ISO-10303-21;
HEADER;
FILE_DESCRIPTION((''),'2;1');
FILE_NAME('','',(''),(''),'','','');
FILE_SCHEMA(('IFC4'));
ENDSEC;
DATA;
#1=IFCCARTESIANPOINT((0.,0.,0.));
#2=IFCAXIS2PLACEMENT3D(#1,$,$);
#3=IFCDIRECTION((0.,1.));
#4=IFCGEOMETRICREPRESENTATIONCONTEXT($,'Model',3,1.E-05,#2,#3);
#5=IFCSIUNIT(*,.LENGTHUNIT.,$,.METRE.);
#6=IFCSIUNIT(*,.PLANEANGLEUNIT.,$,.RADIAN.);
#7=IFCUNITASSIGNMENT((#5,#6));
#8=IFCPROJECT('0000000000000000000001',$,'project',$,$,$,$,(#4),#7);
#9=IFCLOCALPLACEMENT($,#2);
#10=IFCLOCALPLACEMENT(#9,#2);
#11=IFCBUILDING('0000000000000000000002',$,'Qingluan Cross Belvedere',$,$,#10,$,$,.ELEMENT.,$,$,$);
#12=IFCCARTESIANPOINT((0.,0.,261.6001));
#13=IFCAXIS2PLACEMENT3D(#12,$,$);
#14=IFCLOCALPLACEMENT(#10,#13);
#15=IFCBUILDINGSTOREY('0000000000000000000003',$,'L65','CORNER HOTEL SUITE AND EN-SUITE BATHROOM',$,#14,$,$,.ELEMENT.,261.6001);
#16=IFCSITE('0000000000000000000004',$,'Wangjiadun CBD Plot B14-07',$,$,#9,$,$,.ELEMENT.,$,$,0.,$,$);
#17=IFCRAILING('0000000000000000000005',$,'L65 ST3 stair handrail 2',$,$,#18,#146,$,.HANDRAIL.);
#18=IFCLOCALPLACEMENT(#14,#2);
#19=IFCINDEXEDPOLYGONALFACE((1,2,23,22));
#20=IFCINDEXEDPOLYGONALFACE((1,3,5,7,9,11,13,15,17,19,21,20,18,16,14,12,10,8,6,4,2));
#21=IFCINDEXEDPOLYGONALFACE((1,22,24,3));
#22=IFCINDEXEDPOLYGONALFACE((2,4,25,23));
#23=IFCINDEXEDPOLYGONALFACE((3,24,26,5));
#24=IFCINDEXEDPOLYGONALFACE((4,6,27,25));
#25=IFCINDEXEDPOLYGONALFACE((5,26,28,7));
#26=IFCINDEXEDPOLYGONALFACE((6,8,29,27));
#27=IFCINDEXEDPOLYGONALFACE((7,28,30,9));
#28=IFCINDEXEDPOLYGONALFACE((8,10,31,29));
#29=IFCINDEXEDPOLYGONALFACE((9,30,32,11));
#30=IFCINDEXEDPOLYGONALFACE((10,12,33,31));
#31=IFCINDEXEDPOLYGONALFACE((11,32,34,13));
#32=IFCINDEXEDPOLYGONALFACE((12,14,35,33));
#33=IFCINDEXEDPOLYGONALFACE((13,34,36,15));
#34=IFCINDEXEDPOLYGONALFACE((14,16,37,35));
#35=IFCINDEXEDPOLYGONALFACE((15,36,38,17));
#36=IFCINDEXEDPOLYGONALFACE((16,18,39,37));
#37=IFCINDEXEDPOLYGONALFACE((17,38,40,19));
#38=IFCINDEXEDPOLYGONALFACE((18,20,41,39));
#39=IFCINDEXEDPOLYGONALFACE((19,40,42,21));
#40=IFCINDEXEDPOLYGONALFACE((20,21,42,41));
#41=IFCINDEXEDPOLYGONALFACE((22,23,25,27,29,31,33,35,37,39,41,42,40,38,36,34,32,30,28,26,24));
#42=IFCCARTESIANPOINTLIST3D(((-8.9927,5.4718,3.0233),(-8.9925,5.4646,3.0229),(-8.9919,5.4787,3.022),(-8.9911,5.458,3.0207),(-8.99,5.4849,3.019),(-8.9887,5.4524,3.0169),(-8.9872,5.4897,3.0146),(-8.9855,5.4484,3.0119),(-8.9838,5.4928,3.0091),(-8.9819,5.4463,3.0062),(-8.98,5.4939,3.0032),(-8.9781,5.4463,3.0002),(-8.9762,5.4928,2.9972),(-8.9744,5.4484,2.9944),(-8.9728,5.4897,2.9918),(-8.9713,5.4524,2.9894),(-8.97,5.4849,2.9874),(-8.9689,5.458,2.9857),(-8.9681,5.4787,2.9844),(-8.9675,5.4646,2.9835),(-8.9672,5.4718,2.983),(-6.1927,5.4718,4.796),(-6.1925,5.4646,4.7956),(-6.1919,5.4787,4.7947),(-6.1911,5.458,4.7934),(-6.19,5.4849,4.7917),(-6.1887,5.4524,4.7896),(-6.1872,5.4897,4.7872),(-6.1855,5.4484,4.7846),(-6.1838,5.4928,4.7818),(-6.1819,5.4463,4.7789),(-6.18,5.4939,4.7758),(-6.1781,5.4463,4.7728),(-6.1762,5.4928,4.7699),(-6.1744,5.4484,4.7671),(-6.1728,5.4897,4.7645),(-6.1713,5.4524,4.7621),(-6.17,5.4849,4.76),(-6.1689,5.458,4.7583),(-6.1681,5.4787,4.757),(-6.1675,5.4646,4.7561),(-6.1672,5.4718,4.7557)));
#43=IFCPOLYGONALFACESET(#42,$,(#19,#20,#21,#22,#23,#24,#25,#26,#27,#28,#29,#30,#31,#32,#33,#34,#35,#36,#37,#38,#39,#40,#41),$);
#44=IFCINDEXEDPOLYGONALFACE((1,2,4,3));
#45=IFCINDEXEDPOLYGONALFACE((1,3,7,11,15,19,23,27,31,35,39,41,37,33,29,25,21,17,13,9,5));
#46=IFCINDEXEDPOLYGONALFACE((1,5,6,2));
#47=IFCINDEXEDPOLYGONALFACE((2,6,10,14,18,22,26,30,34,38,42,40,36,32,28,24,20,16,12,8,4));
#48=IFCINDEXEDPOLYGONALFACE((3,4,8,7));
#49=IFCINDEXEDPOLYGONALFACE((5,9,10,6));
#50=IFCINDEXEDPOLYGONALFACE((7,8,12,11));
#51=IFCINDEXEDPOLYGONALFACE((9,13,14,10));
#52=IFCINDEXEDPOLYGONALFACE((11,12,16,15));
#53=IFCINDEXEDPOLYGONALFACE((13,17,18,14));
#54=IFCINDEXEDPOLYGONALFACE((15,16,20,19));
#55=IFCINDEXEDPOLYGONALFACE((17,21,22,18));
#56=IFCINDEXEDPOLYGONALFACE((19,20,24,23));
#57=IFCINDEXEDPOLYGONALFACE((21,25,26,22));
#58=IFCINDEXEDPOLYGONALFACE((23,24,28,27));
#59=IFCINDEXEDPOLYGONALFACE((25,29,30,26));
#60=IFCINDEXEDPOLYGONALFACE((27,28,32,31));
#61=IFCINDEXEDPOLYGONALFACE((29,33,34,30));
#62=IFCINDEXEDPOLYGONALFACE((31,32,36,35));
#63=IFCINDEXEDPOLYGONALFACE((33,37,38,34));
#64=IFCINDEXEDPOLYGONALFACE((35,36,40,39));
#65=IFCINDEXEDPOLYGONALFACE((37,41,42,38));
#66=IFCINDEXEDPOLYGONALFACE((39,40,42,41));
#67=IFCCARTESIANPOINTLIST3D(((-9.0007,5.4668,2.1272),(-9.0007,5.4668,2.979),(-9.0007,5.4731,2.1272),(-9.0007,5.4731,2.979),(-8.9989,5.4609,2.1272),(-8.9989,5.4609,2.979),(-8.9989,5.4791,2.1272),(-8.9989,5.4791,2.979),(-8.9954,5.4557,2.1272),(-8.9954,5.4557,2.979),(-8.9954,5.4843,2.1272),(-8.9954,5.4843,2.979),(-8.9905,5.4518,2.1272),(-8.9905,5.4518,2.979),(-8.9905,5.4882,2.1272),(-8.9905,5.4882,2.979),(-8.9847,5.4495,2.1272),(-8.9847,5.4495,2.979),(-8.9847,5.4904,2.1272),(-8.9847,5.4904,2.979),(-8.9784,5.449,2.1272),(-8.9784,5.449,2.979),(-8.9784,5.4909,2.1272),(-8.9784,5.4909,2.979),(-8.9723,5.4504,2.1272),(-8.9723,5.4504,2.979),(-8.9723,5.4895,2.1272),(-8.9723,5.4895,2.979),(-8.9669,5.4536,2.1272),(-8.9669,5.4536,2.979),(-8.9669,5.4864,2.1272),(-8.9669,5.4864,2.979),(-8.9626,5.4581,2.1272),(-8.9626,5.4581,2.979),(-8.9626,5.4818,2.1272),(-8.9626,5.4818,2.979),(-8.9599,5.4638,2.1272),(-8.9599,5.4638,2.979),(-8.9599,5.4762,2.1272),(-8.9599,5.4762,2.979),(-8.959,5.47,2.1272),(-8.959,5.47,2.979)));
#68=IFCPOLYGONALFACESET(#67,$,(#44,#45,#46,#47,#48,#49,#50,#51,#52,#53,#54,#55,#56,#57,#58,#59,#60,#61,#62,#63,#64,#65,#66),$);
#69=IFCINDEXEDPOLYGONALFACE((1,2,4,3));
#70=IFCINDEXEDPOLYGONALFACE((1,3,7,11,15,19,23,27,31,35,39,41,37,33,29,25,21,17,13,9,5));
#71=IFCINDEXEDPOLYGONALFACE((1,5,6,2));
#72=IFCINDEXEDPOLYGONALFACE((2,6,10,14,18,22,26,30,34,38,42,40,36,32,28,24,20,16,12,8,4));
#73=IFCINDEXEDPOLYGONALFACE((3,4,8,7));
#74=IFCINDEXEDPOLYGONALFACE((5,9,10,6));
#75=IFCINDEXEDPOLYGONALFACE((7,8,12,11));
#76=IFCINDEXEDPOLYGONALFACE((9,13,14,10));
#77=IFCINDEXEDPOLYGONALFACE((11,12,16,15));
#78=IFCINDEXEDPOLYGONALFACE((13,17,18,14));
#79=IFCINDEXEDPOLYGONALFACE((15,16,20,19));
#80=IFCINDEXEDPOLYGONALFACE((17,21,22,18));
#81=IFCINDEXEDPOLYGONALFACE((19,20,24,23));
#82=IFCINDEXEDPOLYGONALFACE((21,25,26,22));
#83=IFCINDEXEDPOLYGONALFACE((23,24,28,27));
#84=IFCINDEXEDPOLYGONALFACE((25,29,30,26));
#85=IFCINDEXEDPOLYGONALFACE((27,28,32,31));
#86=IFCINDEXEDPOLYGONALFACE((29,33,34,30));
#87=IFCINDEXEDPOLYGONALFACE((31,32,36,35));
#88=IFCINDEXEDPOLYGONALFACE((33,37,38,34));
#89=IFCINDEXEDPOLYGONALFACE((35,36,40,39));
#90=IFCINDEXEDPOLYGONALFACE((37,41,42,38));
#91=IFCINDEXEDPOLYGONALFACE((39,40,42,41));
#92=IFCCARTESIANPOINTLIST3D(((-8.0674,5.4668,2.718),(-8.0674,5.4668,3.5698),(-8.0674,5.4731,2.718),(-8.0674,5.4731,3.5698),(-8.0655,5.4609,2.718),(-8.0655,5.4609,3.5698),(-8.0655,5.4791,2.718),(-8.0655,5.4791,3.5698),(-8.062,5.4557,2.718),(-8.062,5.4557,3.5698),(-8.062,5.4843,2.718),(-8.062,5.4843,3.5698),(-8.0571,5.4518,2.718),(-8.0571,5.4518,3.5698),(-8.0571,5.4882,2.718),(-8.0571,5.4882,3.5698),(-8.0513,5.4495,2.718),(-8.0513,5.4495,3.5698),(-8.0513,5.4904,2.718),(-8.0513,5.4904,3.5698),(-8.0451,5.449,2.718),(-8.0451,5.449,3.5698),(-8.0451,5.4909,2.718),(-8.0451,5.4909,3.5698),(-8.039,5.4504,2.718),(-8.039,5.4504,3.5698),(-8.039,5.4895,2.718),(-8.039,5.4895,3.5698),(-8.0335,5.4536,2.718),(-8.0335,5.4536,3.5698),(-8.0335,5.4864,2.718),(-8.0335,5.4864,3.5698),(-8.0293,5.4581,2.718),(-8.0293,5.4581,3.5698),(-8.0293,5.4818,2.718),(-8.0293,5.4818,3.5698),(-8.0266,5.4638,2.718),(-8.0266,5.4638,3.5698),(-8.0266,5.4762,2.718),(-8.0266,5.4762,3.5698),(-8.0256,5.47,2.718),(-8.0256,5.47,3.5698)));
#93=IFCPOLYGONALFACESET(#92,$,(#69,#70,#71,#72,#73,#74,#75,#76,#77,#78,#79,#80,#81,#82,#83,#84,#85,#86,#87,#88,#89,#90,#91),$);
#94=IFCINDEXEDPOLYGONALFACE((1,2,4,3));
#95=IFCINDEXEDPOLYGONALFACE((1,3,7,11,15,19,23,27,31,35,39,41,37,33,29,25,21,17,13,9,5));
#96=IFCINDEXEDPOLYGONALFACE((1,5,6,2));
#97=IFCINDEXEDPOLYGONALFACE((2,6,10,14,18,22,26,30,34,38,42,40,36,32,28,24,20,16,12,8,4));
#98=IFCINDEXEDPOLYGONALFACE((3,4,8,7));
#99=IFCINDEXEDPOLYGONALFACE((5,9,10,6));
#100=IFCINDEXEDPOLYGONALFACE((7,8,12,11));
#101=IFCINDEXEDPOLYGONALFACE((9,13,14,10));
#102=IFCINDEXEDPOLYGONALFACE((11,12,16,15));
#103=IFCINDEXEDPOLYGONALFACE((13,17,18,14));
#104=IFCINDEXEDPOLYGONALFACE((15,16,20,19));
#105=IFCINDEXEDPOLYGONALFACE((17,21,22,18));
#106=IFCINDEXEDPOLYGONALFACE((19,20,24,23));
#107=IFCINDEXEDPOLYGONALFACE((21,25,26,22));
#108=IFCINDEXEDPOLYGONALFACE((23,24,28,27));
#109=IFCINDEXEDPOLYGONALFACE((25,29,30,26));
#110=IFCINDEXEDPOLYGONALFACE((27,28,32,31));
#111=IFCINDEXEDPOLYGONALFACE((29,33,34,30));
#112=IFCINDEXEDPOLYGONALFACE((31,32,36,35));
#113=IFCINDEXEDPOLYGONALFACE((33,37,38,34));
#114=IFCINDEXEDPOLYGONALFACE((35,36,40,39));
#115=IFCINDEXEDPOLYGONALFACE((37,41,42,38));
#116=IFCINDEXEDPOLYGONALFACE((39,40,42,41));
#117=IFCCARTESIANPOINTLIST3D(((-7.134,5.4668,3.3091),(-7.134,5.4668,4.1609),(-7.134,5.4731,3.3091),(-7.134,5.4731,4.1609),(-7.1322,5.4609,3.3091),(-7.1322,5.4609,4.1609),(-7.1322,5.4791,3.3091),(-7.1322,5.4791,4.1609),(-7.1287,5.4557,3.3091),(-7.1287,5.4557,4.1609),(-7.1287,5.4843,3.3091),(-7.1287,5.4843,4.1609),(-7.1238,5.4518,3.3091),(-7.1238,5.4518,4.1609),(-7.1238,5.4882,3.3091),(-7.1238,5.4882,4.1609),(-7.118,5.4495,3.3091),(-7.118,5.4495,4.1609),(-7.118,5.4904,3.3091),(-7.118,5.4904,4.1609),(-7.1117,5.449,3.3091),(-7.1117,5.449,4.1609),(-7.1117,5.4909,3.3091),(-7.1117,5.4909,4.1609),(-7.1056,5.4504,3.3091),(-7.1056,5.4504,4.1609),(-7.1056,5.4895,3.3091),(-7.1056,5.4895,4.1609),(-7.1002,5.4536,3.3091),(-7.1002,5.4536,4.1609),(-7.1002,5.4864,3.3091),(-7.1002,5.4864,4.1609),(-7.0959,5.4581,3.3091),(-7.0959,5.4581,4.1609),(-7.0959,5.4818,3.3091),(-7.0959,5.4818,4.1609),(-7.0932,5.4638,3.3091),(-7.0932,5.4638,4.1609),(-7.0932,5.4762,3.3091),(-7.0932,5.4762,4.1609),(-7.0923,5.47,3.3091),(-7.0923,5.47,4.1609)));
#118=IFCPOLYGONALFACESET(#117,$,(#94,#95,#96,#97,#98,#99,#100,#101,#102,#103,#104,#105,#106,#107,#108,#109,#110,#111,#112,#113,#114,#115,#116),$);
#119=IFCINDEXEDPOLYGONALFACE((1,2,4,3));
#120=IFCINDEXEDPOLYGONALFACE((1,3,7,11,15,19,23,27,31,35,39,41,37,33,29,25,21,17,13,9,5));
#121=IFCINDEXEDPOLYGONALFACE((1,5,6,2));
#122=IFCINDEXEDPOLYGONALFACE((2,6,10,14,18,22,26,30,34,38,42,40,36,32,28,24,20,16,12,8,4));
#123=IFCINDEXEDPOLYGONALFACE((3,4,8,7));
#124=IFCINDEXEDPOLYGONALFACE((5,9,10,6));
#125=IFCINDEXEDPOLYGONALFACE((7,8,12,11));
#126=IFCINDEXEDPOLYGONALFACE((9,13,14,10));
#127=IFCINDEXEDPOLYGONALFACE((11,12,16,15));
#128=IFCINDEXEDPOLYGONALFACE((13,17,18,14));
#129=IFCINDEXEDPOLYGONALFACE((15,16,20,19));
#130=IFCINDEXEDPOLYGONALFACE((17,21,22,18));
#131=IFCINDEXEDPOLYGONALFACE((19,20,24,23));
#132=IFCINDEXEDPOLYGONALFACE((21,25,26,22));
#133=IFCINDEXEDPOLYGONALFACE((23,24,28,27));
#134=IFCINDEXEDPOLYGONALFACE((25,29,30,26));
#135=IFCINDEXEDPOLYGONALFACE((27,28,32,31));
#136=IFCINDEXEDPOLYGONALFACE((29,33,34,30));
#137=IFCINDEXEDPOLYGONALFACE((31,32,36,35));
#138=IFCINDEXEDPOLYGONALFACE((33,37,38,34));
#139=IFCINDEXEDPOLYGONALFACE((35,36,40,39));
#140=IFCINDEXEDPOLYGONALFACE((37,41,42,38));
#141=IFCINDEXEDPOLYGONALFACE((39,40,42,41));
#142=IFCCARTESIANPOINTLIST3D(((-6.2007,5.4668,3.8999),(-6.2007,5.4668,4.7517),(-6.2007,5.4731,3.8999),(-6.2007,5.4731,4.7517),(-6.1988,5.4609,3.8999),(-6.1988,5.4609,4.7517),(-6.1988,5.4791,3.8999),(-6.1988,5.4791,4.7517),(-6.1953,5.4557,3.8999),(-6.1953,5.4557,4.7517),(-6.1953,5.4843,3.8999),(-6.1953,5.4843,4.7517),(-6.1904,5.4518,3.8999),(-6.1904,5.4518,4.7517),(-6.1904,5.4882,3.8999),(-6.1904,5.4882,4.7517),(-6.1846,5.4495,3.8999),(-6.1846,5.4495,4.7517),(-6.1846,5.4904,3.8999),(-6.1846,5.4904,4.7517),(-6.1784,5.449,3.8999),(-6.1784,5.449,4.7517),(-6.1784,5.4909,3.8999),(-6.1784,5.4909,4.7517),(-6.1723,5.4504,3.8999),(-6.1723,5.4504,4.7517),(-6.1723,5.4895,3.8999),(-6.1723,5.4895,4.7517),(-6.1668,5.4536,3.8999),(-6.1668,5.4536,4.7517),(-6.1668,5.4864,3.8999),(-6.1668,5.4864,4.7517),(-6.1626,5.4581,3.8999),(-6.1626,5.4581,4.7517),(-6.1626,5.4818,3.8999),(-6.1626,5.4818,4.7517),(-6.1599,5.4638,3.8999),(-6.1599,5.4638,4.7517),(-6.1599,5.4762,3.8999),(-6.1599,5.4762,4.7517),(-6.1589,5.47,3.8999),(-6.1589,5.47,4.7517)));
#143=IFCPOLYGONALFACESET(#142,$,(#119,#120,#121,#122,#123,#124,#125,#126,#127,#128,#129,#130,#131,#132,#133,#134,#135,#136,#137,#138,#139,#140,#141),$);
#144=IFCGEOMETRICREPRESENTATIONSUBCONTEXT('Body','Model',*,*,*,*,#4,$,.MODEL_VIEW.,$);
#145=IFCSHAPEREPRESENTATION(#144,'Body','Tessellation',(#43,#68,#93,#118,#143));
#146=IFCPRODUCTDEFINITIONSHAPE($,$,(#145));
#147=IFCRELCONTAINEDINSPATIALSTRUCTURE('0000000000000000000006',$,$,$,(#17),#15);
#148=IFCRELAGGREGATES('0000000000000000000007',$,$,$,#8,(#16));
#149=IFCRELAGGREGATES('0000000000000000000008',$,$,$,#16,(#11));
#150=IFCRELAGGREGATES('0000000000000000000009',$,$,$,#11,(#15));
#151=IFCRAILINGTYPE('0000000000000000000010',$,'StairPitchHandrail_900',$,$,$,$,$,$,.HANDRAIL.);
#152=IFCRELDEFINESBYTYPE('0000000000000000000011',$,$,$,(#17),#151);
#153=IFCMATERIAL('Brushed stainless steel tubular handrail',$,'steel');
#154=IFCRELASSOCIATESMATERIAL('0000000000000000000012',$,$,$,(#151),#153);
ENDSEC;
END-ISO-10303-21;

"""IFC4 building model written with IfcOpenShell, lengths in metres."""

from ifc_helpers import new_model, si_unit, direction, frame, origin, origin_2d, place, context, subcontext, project, spatial, circle, extrude, material, type_object, element, save


model = new_model("IFC4")

# Units and contexts
model_context = context("Model", 3, precision=1e-05, world=origin(), true_north=direction((0.0, 1.0)))
body_context = subcontext(model_context, "Body", "Model", "MODEL_VIEW")
ifc_project = project(units=[si_unit("LENGTHUNIT", "METRE"), si_unit("PLANEANGLEUNIT", "RADIAN")], contexts=[model_context])

# Site, building, storey
site_placement = place(None, origin())
site = spatial("IfcSite", under=ifc_project, at=site_placement, Name="Wangjiadun CBD Plot B14-07", CompositionType="ELEMENT", RefElevation=0.0)
building_placement = place(site_placement, origin())
building = spatial("IfcBuilding", under=site, at=building_placement, Name="Qingluan Cross Belvedere", CompositionType="ELEMENT")
storey_placement = place(building_placement, frame((0.0, 0.0, 261.6001)))
storey = spatial("IfcBuildingStorey", under=building, at=storey_placement, Name="L65", Description="CORNER HOTEL SUITE AND EN-SUITE BATHROOM", CompositionType="ELEMENT", Elevation=261.6001)

# Railing
ifc_material_1 = material(Name="Brushed stainless steel tubular handrail", Category="steel")
railing_type_1 = type_object("IfcRailingType", Name="StairPitchHandrail_900", PredefinedType="HANDRAIL", material=ifc_material_1)
railing_1_placement = place(storey_placement, frame((-8.98, 5.47, 2.1272)))
element("IfcRailing", 1, at=railing_1_placement, inside=storey, type_object=railing_type_1, Name="L65 ST3 stair handrail 2", PredefinedType="HANDRAIL", context=body_context, shape_type="SweptSolid", body=[
    extrude(circle(Radius=0.0239, at=origin_2d()), frame((0.0, 0.0, 0.876), z_axis=(0.844909, 0.0, 0.53491), x_axis=(0.0, 1.0, 0.0)), (0.0, 0.0, 1.0), 3.314),
    extrude(circle(Radius=0.021, at=origin_2d()), origin(), (0.0, 0.0, 1.0), 0.8518),
    extrude(circle(Radius=0.021, at=origin_2d()), frame((0.9333, 0.0, 0.5908)), (0.0, 0.0, 1.0), 0.8518),
    extrude(circle(Radius=0.021, at=origin_2d()), frame((1.8667, 0.0, 1.1819)), (0.0, 0.0, 1.0), 0.8518),
    extrude(circle(Radius=0.021, at=origin_2d()), frame((2.8, 0.0, 1.7727)), (0.0, 0.0, 1.0), 0.8518),
])

save(model, "model.ifc")
